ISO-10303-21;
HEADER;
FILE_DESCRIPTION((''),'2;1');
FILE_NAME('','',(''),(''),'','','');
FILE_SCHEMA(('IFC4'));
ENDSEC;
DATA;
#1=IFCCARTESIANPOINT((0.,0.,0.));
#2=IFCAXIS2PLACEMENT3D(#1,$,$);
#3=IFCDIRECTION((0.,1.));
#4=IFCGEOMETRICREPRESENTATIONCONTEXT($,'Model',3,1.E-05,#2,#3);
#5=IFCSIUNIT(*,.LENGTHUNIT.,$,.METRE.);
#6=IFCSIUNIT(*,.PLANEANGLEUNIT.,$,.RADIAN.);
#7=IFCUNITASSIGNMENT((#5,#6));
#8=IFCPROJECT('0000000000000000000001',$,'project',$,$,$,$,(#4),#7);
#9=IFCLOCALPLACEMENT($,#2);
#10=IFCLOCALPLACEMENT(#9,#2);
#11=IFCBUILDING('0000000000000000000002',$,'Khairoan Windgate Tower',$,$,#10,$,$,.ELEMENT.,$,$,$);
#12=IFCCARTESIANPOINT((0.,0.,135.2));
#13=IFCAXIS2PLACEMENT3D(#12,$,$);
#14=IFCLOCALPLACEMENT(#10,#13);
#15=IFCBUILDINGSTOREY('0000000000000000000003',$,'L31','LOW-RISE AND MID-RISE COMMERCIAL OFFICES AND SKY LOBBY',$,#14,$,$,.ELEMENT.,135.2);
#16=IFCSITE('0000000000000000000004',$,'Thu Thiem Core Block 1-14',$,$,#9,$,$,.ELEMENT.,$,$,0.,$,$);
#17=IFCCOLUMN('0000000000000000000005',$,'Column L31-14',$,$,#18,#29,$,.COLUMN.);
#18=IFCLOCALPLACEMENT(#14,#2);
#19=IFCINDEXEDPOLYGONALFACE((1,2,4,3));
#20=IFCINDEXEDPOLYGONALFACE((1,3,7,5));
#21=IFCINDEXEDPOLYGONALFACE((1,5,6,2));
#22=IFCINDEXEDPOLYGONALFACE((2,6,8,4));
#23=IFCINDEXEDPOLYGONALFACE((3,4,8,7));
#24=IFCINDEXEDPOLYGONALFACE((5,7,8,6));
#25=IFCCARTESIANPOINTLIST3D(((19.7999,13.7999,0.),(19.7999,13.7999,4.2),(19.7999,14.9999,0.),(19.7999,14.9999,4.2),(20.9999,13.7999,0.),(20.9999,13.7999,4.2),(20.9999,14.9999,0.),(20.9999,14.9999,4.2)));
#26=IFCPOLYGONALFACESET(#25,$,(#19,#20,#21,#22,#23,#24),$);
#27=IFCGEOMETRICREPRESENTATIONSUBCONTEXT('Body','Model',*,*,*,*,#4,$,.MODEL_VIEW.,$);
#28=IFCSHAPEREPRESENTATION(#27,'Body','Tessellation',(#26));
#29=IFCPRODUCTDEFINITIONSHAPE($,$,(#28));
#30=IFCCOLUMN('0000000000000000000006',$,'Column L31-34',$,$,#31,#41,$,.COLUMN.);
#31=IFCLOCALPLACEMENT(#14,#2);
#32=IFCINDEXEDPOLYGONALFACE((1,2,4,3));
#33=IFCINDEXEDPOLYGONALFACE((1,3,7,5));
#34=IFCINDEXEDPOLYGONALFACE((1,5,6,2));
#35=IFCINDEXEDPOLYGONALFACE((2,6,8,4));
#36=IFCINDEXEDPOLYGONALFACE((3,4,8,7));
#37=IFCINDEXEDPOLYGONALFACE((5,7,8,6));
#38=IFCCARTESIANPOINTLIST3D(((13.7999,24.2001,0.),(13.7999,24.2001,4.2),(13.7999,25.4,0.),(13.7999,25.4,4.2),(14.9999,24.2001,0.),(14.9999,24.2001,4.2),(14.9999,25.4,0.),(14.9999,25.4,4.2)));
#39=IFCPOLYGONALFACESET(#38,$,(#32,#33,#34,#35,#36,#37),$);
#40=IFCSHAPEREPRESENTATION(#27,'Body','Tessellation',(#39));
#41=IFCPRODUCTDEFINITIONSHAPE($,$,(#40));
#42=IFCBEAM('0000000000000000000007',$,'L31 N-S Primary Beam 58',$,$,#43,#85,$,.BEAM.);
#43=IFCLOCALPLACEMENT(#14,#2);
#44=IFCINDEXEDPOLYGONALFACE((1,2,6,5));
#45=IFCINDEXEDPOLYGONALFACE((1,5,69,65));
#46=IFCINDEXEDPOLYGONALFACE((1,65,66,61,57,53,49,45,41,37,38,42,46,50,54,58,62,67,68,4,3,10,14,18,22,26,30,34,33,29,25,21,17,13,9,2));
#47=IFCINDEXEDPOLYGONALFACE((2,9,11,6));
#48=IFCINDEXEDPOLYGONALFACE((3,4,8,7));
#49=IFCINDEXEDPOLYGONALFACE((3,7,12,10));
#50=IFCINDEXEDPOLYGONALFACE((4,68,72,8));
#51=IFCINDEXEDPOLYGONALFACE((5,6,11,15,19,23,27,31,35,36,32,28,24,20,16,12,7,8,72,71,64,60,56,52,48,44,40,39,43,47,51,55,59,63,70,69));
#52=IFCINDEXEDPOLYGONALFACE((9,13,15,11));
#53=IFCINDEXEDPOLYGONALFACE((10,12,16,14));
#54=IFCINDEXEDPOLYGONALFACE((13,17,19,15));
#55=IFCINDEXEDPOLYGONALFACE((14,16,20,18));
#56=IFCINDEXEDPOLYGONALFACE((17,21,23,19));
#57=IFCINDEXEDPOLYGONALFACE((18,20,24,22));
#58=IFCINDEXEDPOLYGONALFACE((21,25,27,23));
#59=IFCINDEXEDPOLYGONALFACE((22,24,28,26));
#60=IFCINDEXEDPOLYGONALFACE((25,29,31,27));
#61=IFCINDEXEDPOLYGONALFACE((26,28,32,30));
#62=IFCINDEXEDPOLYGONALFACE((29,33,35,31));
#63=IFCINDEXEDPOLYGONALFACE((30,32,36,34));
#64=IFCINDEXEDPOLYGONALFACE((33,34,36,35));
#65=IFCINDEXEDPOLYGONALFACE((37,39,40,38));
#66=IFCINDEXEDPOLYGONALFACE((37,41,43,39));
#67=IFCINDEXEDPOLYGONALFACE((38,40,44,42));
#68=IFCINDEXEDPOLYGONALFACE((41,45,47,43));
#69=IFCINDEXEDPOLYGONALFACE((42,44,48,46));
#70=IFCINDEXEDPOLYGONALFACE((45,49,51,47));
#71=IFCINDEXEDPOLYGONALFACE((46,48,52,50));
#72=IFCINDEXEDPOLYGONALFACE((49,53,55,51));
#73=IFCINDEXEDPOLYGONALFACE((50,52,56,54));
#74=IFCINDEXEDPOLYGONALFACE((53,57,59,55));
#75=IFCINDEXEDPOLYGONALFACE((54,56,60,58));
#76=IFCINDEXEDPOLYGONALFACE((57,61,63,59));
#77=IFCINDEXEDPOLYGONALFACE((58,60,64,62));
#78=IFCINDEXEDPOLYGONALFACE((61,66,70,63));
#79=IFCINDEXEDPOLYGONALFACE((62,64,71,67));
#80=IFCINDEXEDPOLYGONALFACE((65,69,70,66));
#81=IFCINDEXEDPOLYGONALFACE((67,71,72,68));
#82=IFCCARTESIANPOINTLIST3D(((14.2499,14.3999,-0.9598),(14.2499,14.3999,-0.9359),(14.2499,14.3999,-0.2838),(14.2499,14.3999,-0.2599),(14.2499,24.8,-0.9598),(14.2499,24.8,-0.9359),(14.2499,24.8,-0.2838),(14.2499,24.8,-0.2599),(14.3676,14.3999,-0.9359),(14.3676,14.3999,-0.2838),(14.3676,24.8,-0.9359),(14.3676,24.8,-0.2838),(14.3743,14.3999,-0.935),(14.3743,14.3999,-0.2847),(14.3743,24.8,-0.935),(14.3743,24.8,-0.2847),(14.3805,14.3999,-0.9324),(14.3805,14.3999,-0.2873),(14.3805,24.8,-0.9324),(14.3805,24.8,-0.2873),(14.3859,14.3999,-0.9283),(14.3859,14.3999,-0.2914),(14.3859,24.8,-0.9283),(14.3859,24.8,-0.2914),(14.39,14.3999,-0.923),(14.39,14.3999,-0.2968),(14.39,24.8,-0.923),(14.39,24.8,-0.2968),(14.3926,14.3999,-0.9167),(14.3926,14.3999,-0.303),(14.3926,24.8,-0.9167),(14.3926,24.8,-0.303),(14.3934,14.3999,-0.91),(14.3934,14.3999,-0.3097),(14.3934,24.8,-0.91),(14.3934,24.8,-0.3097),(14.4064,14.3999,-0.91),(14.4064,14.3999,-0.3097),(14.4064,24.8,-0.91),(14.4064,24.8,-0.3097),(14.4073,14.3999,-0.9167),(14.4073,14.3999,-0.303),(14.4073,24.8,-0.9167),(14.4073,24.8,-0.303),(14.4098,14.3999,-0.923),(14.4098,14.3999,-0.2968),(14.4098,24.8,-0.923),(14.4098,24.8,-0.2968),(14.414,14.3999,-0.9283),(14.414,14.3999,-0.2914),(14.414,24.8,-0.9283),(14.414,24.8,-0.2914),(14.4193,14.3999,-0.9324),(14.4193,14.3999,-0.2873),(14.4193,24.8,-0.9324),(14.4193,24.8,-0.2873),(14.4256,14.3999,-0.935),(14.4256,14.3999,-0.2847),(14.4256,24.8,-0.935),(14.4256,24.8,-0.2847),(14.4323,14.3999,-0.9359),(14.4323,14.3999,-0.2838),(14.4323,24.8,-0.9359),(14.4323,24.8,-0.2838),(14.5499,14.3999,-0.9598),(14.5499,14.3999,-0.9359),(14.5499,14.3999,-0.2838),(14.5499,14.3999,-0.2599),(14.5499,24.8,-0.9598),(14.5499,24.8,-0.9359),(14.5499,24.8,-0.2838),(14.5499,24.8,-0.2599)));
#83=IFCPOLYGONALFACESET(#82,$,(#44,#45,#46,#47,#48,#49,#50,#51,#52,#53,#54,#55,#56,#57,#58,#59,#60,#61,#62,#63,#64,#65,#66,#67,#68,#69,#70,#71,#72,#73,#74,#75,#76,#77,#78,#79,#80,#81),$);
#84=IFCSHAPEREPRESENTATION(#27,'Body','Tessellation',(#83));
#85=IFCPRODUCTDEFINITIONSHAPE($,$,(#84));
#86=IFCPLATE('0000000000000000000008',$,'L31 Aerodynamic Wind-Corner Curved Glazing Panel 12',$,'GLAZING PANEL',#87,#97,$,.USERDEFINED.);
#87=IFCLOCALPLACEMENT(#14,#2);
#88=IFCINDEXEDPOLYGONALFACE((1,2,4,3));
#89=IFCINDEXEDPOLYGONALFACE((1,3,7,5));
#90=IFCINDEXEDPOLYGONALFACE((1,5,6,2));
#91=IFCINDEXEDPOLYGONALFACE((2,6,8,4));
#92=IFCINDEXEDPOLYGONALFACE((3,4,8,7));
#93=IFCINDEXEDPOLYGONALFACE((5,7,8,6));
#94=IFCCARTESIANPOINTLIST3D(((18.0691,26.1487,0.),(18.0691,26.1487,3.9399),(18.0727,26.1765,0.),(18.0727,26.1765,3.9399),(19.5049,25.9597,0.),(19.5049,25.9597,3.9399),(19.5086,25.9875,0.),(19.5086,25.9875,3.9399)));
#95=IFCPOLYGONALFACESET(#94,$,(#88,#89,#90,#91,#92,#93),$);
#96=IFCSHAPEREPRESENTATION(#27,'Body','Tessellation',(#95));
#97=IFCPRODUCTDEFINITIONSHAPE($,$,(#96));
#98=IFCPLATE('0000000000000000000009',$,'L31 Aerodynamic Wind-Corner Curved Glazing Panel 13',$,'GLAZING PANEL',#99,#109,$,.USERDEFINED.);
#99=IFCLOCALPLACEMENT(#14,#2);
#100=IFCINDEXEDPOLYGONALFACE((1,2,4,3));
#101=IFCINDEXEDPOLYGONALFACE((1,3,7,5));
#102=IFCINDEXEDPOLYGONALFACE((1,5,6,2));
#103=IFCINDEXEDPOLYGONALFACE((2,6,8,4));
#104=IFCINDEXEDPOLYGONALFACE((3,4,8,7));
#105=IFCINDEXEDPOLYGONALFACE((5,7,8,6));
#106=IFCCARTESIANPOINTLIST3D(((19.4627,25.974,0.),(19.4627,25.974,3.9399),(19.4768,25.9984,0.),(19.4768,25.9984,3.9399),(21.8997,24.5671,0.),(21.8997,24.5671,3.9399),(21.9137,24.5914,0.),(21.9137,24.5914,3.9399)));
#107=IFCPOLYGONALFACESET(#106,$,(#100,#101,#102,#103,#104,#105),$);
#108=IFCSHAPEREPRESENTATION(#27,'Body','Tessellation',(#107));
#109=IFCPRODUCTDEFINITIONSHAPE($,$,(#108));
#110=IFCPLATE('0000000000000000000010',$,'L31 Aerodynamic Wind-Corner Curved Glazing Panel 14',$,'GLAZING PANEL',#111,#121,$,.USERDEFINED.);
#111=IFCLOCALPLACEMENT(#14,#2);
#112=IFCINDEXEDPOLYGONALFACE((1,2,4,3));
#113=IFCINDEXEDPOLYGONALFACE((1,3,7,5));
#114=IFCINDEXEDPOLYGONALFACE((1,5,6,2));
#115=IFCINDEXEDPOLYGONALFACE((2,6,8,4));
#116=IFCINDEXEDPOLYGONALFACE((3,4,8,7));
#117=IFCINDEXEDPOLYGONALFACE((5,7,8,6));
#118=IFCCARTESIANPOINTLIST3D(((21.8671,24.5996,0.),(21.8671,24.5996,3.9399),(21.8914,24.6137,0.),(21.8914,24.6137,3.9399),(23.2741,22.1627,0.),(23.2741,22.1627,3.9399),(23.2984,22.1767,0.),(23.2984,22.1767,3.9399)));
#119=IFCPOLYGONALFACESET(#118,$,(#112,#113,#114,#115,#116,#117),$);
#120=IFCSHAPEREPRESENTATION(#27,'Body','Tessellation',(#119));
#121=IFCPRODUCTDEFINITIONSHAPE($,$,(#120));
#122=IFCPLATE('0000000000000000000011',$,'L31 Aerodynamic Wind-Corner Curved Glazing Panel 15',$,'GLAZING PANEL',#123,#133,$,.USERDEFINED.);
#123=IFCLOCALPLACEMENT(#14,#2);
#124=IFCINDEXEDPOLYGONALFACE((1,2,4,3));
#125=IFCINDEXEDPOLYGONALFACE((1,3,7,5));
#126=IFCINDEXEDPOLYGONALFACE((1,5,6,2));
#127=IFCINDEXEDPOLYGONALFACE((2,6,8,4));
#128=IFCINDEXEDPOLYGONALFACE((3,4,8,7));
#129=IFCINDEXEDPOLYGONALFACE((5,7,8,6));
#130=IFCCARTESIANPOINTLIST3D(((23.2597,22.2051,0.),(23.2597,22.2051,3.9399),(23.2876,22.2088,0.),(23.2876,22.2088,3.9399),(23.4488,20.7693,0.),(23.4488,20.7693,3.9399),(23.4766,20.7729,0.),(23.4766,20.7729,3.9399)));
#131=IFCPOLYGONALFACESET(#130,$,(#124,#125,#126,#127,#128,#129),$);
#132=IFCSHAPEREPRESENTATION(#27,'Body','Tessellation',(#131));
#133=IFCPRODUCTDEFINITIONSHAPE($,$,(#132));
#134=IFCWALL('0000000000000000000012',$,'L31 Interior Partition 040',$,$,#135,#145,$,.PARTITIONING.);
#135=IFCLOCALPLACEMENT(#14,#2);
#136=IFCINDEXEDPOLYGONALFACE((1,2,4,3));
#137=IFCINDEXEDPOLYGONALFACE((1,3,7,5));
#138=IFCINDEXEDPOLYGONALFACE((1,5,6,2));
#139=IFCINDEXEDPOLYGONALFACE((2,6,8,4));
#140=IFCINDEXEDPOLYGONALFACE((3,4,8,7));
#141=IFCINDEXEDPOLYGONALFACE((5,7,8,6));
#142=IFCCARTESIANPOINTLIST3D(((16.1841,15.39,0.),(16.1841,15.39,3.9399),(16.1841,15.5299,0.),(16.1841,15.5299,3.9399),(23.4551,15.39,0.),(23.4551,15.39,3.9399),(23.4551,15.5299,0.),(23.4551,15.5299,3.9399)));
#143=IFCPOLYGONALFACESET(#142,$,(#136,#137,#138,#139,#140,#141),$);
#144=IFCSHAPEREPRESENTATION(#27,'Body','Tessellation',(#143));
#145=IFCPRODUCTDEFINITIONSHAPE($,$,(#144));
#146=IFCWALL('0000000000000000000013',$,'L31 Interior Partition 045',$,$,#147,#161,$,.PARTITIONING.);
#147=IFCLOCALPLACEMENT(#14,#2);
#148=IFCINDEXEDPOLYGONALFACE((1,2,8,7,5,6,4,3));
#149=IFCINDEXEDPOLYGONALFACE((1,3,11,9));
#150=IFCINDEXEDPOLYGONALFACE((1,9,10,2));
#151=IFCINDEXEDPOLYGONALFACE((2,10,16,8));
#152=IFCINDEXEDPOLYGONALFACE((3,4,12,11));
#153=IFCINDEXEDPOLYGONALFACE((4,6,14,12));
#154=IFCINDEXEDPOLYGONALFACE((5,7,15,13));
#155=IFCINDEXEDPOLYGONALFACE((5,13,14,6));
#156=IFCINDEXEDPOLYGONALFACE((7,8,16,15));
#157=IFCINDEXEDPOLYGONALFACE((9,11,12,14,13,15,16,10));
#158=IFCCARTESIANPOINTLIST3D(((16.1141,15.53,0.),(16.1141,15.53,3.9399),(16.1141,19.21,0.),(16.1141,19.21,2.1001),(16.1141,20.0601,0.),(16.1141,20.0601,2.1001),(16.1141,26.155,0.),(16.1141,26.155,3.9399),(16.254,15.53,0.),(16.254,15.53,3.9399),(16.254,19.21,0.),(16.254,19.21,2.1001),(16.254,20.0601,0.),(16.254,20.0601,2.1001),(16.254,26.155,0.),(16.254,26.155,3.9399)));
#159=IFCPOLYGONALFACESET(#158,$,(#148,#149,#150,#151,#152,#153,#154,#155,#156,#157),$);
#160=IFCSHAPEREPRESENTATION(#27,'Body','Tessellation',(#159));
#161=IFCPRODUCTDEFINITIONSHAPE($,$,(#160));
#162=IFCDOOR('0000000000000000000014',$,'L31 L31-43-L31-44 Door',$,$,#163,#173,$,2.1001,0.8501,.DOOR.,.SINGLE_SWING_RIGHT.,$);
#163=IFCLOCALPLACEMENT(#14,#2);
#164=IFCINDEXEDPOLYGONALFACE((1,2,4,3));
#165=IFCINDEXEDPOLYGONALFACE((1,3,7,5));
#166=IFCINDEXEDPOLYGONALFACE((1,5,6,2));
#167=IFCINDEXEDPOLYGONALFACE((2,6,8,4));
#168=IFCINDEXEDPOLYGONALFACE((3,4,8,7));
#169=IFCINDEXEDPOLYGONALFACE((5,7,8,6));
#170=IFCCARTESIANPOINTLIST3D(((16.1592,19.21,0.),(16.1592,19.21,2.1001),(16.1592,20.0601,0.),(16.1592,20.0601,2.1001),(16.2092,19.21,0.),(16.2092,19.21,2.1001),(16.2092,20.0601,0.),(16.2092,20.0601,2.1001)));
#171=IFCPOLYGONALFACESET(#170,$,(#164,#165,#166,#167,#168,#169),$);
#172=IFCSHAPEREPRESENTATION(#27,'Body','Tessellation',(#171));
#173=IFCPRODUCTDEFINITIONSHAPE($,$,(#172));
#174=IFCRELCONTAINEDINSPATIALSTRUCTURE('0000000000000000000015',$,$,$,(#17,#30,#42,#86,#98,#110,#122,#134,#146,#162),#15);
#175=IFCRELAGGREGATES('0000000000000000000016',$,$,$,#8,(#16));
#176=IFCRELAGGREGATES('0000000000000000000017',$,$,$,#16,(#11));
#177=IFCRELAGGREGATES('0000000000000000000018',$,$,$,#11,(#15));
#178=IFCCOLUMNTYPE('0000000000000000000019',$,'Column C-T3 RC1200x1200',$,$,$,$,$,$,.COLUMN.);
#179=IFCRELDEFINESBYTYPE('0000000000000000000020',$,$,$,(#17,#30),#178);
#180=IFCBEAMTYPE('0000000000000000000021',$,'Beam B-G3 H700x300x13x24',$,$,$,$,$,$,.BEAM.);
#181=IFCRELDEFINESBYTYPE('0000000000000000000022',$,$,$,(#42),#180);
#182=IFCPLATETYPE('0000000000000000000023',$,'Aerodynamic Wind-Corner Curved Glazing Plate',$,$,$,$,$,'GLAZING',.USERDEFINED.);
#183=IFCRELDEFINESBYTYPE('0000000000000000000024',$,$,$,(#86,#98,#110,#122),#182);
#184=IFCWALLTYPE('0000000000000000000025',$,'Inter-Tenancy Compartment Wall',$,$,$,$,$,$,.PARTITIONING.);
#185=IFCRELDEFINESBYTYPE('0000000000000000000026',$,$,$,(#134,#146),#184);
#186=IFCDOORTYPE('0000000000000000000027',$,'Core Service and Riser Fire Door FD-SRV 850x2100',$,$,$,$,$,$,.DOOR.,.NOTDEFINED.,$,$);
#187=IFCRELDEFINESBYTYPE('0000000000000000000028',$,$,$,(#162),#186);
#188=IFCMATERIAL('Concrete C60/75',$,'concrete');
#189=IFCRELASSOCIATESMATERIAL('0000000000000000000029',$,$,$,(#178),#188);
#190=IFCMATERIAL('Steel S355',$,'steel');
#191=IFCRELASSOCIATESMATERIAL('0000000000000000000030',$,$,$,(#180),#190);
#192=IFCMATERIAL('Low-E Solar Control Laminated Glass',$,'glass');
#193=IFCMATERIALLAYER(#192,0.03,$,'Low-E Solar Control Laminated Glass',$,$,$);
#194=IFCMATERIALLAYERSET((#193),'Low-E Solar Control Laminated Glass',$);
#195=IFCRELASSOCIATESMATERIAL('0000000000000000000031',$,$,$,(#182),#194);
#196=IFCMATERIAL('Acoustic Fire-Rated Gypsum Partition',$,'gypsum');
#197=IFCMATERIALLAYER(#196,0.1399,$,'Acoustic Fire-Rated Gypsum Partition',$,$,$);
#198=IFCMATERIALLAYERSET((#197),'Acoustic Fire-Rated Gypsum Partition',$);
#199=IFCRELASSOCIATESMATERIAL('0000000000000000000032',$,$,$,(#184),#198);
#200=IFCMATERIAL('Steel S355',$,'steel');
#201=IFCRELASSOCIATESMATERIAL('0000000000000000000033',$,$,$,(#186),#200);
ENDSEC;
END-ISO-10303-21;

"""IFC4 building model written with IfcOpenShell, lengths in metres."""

from ifc_helpers import new_model, si_unit, direction, frame, frame_2d, origin, origin_2d, place, context, subcontext, project, spatial, rectangle, i_section, extrude, material, layer, layer_set, material_profile, profile_set, type_object, element, fill, save


model = new_model("IFC4")

# Units and contexts
model_context = context("Model", 3, precision=1e-05, world=origin(), true_north=direction((0.0, 1.0)))
body_context = subcontext(model_context, "Body", "Model", "MODEL_VIEW")
ifc_project = project(units=[si_unit("LENGTHUNIT", "METRE"), si_unit("PLANEANGLEUNIT", "RADIAN")], contexts=[model_context])

# Site, building, storey
site_placement = place(None, origin())
site = spatial("IfcSite", under=ifc_project, at=site_placement, Name="Thu Thiem Core Block 1-14", CompositionType="ELEMENT", RefElevation=0.0)
building_placement = place(site_placement, origin())
building = spatial("IfcBuilding", under=site, at=building_placement, Name="Khairoan Windgate Tower", CompositionType="ELEMENT")
storey_placement = place(building_placement, frame((0.0, 0.0, 135.2)))
storey = spatial("IfcBuildingStorey", under=building, at=storey_placement, Name="L31", Description="LOW-RISE AND MID-RISE COMMERCIAL OFFICES AND SKY LOBBY", CompositionType="ELEMENT", Elevation=135.2)

# Columns
ifc_material_1 = material(Name="Concrete C60/75", Category="concrete")
ifc_material_profile_1 = material_profile(ifc_material_1, rectangle(XDim=1.2, YDim=1.2, at=origin_2d()))
ifc_profile_set_1 = profile_set([ifc_material_profile_1], Name="Concrete C60/75")
column_type = type_object("IfcColumnType", Name="Column C-T3 RC1200x1200", PredefinedType="COLUMN", material=ifc_profile_set_1)
for number, where, z_axis, x_axis, name in (
    (1, (20.3999, 14.3999, 0.0), (0.0, 0.0, 1.0), (1.0, 0.0, 0.0), "Column L31-14"),
    (2, (14.3999, 24.8, 0.0), (0.0, 0.0, 1.0), (1.0, 0.0, 0.0), "Column L31-34"),
):
    element("IfcColumn", number, at=place(storey_placement, frame(where, z_axis=z_axis, x_axis=x_axis)), inside=storey, type_object=column_type, Name=name, PredefinedType="COLUMN", context=body_context, shape_type="SweptSolid", body=[
        extrude(rectangle(XDim=1.2, YDim=1.2, at=origin_2d()), origin(), (0.0, 0.0, 1.0), 4.2),
    ])

# Beam
ifc_material_2 = material(Name="Steel S355", Category="steel")
ifc_material_profile_2 = material_profile(ifc_material_2, i_section(OverallWidth=0.3, OverallDepth=0.7, WebThickness=0.0129, FlangeThickness=0.0239, FilletRadius=0.0259, at=origin_2d()))
ifc_profile_set_2 = profile_set([ifc_material_profile_2], Name="Steel S355")
beam_type = type_object("IfcBeamType", Name="Beam B-G3 H700x300x13x24", PredefinedType="BEAM", material=ifc_profile_set_2)
beam_placement = place(storey_placement, frame((14.3999, 14.3999, -0.6099), z_axis=(0.0, 1.0, 0.0), x_axis=(-1.0, 0.0, 0.0)))
element("IfcBeam", 3, at=beam_placement, inside=storey, type_object=beam_type, Name="L31 N-S Primary Beam 58", PredefinedType="BEAM", context=body_context, shape_type="SweptSolid", body=[
    extrude(i_section(OverallWidth=0.3, OverallDepth=0.7, WebThickness=0.0129, FlangeThickness=0.0239, FilletRadius=0.0259, at=origin_2d()), origin(), (0.0, 0.0, 1.0), 10.4001),
])

# Plates
ifc_material_3 = material(Name="Low-E Solar Control Laminated Glass", Category="glass")
ifc_layer_1 = layer(ifc_material_3, 0.03, Name="Low-E Solar Control Laminated Glass")
ifc_layer_set_1 = layer_set([ifc_layer_1], Name="Low-E Solar Control Laminated Glass")
plate_type_1 = type_object("IfcPlateType", Name="Aerodynamic Wind-Corner Curved Glazing Plate", ElementType="GLAZING", PredefinedType="USERDEFINED", material=ifc_layer_set_1)
plate_1_placement = place(storey_placement, frame((18.7888, 26.0681, 0.0), z_axis=(0.0, 0.0, 1.0), x_axis=(0.991445, -0.130526, 0.0)))
element("IfcPlate", 4, at=plate_1_placement, inside=storey, type_object=plate_type_1, Name="L31 Aerodynamic Wind-Corner Curved Glazing Panel 12", ObjectType="GLAZING PANEL", PredefinedType="USERDEFINED", context=body_context, shape_type="SweptSolid", body=[
    extrude(rectangle(XDim=1.4482, YDim=0.0281, at=origin_2d()), origin(), (0.0, 0.0, 1.0), 3.9399),
])
for number, where, z_axis, x_axis, name in (
    (5, (20.6882, 25.2827, 0.0), (0.0, 0.0, 1.0), (0.866025, -0.5, 0.0), "L31 Aerodynamic Wind-Corner Curved Glazing Panel 13"),
    (6, (22.5828, 23.3882, 0.0), (0.0, 0.0, 1.0), (0.5, -0.866025, 0.0), "L31 Aerodynamic Wind-Corner Curved Glazing Panel 14"),
):
    element("IfcPlate", number, at=place(storey_placement, frame(where, z_axis=z_axis, x_axis=x_axis)), inside=storey, type_object=plate_type_1, Name=name, ObjectType="GLAZING PANEL", PredefinedType="USERDEFINED", context=body_context, shape_type="SweptSolid", body=[
        extrude(rectangle(XDim=2.814, YDim=0.0281, at=origin_2d()), origin(), (0.0, 0.0, 1.0), 3.9399),
    ])
plate_2_placement = place(storey_placement, frame((23.3682, 21.489, 0.0), z_axis=(0.0, 0.0, 1.0), x_axis=(0.130526, -0.991445, 0.0)))
element("IfcPlate", 7, at=plate_2_placement, inside=storey, type_object=plate_type_1, Name="L31 Aerodynamic Wind-Corner Curved Glazing Panel 15", ObjectType="GLAZING PANEL", PredefinedType="USERDEFINED", context=body_context, shape_type="SweptSolid", body=[
    extrude(rectangle(XDim=1.4482, YDim=0.0281, at=origin_2d()), origin(), (0.0, 0.0, 1.0), 3.9399),
])

# Wall
ifc_material_4 = material(Name="Acoustic Fire-Rated Gypsum Partition", Category="gypsum")
ifc_layer_2 = layer(ifc_material_4, 0.1399, Name="Acoustic Fire-Rated Gypsum Partition")
ifc_layer_set_2 = layer_set([ifc_layer_2], Name="Acoustic Fire-Rated Gypsum Partition")
wall_type = type_object("IfcWallType", Name="Inter-Tenancy Compartment Wall", PredefinedType="PARTITIONING", material=ifc_layer_set_2)
wall_1_placement = place(storey_placement, frame((16.1841, 15.46, 0.0), z_axis=(0.0, 0.0, 1.0), x_axis=(1.0, 0.0, 0.0)))
element("IfcWall", 8, at=wall_1_placement, inside=storey, type_object=wall_type, Name="L31 Interior Partition 040", PredefinedType="PARTITIONING", context=body_context, shape_type="SweptSolid", body=[
    extrude(rectangle(XDim=7.271, YDim=0.1399, at=frame_2d((3.6355, 0.0))), origin(), (0.0, 0.0, 1.0), 3.9399),
])

# Wall, opening, door
wall_2_placement = place(storey_placement, frame((16.1841, 15.53, 0.0), z_axis=(0.0, 0.0, 1.0), x_axis=(0.0, 1.0, 0.0)))
wall_2 = element("IfcWall", 9, at=wall_2_placement, inside=storey, type_object=wall_type, Name="L31 Interior Partition 045", PredefinedType="PARTITIONING", context=body_context, shape_type="SweptSolid", body=[
    extrude(rectangle(XDim=10.625, YDim=0.1399, at=frame_2d((5.3125, 0.0))), origin(), (0.0, 0.0, 1.0), 3.9399),
])
opening_placement = place(wall_2_placement, frame((3.6799, 0.0, 0.0)))
opening = element("IfcOpeningElement", 10, at=opening_placement, cuts=wall_2, PredefinedType="OPENING", context=body_context, shape_type="SweptSolid", body=[
    extrude(rectangle(XDim=0.8501, YDim=2.1001, at=frame_2d((0.425, 1.05))), frame((0.0, 0.0798, 0.0), z_axis=(0.0, -1.0, 0.0), x_axis=(1.0, 0.0, 0.0)), (0.0, 0.0, 1.0), 0.1599),
])
ifc_material_5 = material(Name="Steel S355", Category="steel")
door_type = type_object("IfcDoorType", Name="Core Service and Riser Fire Door FD-SRV 850x2100", OperationType="NOTDEFINED", PredefinedType="DOOR", material=ifc_material_5)
door_placement = place(opening_placement, origin())
door = element("IfcDoor", 11, at=door_placement, inside=storey, type_object=door_type, Name="L31 L31-43-L31-44 Door", OperationType="SINGLE_SWING_RIGHT", OverallHeight=2.1001, OverallWidth=0.8501, PredefinedType="DOOR", context=body_context, shape_type="SweptSolid", body=[
    extrude(rectangle(XDim=0.8501, YDim=2.1001, at=frame_2d((0.425, 1.05))), frame((0.0, 0.0249, 0.0), z_axis=(0.0, -1.0, 0.0), x_axis=(1.0, 0.0, 0.0)), (0.0, 0.0, 1.0), 0.05),
])
fill(opening, door)

save(model, "model.ifc")
